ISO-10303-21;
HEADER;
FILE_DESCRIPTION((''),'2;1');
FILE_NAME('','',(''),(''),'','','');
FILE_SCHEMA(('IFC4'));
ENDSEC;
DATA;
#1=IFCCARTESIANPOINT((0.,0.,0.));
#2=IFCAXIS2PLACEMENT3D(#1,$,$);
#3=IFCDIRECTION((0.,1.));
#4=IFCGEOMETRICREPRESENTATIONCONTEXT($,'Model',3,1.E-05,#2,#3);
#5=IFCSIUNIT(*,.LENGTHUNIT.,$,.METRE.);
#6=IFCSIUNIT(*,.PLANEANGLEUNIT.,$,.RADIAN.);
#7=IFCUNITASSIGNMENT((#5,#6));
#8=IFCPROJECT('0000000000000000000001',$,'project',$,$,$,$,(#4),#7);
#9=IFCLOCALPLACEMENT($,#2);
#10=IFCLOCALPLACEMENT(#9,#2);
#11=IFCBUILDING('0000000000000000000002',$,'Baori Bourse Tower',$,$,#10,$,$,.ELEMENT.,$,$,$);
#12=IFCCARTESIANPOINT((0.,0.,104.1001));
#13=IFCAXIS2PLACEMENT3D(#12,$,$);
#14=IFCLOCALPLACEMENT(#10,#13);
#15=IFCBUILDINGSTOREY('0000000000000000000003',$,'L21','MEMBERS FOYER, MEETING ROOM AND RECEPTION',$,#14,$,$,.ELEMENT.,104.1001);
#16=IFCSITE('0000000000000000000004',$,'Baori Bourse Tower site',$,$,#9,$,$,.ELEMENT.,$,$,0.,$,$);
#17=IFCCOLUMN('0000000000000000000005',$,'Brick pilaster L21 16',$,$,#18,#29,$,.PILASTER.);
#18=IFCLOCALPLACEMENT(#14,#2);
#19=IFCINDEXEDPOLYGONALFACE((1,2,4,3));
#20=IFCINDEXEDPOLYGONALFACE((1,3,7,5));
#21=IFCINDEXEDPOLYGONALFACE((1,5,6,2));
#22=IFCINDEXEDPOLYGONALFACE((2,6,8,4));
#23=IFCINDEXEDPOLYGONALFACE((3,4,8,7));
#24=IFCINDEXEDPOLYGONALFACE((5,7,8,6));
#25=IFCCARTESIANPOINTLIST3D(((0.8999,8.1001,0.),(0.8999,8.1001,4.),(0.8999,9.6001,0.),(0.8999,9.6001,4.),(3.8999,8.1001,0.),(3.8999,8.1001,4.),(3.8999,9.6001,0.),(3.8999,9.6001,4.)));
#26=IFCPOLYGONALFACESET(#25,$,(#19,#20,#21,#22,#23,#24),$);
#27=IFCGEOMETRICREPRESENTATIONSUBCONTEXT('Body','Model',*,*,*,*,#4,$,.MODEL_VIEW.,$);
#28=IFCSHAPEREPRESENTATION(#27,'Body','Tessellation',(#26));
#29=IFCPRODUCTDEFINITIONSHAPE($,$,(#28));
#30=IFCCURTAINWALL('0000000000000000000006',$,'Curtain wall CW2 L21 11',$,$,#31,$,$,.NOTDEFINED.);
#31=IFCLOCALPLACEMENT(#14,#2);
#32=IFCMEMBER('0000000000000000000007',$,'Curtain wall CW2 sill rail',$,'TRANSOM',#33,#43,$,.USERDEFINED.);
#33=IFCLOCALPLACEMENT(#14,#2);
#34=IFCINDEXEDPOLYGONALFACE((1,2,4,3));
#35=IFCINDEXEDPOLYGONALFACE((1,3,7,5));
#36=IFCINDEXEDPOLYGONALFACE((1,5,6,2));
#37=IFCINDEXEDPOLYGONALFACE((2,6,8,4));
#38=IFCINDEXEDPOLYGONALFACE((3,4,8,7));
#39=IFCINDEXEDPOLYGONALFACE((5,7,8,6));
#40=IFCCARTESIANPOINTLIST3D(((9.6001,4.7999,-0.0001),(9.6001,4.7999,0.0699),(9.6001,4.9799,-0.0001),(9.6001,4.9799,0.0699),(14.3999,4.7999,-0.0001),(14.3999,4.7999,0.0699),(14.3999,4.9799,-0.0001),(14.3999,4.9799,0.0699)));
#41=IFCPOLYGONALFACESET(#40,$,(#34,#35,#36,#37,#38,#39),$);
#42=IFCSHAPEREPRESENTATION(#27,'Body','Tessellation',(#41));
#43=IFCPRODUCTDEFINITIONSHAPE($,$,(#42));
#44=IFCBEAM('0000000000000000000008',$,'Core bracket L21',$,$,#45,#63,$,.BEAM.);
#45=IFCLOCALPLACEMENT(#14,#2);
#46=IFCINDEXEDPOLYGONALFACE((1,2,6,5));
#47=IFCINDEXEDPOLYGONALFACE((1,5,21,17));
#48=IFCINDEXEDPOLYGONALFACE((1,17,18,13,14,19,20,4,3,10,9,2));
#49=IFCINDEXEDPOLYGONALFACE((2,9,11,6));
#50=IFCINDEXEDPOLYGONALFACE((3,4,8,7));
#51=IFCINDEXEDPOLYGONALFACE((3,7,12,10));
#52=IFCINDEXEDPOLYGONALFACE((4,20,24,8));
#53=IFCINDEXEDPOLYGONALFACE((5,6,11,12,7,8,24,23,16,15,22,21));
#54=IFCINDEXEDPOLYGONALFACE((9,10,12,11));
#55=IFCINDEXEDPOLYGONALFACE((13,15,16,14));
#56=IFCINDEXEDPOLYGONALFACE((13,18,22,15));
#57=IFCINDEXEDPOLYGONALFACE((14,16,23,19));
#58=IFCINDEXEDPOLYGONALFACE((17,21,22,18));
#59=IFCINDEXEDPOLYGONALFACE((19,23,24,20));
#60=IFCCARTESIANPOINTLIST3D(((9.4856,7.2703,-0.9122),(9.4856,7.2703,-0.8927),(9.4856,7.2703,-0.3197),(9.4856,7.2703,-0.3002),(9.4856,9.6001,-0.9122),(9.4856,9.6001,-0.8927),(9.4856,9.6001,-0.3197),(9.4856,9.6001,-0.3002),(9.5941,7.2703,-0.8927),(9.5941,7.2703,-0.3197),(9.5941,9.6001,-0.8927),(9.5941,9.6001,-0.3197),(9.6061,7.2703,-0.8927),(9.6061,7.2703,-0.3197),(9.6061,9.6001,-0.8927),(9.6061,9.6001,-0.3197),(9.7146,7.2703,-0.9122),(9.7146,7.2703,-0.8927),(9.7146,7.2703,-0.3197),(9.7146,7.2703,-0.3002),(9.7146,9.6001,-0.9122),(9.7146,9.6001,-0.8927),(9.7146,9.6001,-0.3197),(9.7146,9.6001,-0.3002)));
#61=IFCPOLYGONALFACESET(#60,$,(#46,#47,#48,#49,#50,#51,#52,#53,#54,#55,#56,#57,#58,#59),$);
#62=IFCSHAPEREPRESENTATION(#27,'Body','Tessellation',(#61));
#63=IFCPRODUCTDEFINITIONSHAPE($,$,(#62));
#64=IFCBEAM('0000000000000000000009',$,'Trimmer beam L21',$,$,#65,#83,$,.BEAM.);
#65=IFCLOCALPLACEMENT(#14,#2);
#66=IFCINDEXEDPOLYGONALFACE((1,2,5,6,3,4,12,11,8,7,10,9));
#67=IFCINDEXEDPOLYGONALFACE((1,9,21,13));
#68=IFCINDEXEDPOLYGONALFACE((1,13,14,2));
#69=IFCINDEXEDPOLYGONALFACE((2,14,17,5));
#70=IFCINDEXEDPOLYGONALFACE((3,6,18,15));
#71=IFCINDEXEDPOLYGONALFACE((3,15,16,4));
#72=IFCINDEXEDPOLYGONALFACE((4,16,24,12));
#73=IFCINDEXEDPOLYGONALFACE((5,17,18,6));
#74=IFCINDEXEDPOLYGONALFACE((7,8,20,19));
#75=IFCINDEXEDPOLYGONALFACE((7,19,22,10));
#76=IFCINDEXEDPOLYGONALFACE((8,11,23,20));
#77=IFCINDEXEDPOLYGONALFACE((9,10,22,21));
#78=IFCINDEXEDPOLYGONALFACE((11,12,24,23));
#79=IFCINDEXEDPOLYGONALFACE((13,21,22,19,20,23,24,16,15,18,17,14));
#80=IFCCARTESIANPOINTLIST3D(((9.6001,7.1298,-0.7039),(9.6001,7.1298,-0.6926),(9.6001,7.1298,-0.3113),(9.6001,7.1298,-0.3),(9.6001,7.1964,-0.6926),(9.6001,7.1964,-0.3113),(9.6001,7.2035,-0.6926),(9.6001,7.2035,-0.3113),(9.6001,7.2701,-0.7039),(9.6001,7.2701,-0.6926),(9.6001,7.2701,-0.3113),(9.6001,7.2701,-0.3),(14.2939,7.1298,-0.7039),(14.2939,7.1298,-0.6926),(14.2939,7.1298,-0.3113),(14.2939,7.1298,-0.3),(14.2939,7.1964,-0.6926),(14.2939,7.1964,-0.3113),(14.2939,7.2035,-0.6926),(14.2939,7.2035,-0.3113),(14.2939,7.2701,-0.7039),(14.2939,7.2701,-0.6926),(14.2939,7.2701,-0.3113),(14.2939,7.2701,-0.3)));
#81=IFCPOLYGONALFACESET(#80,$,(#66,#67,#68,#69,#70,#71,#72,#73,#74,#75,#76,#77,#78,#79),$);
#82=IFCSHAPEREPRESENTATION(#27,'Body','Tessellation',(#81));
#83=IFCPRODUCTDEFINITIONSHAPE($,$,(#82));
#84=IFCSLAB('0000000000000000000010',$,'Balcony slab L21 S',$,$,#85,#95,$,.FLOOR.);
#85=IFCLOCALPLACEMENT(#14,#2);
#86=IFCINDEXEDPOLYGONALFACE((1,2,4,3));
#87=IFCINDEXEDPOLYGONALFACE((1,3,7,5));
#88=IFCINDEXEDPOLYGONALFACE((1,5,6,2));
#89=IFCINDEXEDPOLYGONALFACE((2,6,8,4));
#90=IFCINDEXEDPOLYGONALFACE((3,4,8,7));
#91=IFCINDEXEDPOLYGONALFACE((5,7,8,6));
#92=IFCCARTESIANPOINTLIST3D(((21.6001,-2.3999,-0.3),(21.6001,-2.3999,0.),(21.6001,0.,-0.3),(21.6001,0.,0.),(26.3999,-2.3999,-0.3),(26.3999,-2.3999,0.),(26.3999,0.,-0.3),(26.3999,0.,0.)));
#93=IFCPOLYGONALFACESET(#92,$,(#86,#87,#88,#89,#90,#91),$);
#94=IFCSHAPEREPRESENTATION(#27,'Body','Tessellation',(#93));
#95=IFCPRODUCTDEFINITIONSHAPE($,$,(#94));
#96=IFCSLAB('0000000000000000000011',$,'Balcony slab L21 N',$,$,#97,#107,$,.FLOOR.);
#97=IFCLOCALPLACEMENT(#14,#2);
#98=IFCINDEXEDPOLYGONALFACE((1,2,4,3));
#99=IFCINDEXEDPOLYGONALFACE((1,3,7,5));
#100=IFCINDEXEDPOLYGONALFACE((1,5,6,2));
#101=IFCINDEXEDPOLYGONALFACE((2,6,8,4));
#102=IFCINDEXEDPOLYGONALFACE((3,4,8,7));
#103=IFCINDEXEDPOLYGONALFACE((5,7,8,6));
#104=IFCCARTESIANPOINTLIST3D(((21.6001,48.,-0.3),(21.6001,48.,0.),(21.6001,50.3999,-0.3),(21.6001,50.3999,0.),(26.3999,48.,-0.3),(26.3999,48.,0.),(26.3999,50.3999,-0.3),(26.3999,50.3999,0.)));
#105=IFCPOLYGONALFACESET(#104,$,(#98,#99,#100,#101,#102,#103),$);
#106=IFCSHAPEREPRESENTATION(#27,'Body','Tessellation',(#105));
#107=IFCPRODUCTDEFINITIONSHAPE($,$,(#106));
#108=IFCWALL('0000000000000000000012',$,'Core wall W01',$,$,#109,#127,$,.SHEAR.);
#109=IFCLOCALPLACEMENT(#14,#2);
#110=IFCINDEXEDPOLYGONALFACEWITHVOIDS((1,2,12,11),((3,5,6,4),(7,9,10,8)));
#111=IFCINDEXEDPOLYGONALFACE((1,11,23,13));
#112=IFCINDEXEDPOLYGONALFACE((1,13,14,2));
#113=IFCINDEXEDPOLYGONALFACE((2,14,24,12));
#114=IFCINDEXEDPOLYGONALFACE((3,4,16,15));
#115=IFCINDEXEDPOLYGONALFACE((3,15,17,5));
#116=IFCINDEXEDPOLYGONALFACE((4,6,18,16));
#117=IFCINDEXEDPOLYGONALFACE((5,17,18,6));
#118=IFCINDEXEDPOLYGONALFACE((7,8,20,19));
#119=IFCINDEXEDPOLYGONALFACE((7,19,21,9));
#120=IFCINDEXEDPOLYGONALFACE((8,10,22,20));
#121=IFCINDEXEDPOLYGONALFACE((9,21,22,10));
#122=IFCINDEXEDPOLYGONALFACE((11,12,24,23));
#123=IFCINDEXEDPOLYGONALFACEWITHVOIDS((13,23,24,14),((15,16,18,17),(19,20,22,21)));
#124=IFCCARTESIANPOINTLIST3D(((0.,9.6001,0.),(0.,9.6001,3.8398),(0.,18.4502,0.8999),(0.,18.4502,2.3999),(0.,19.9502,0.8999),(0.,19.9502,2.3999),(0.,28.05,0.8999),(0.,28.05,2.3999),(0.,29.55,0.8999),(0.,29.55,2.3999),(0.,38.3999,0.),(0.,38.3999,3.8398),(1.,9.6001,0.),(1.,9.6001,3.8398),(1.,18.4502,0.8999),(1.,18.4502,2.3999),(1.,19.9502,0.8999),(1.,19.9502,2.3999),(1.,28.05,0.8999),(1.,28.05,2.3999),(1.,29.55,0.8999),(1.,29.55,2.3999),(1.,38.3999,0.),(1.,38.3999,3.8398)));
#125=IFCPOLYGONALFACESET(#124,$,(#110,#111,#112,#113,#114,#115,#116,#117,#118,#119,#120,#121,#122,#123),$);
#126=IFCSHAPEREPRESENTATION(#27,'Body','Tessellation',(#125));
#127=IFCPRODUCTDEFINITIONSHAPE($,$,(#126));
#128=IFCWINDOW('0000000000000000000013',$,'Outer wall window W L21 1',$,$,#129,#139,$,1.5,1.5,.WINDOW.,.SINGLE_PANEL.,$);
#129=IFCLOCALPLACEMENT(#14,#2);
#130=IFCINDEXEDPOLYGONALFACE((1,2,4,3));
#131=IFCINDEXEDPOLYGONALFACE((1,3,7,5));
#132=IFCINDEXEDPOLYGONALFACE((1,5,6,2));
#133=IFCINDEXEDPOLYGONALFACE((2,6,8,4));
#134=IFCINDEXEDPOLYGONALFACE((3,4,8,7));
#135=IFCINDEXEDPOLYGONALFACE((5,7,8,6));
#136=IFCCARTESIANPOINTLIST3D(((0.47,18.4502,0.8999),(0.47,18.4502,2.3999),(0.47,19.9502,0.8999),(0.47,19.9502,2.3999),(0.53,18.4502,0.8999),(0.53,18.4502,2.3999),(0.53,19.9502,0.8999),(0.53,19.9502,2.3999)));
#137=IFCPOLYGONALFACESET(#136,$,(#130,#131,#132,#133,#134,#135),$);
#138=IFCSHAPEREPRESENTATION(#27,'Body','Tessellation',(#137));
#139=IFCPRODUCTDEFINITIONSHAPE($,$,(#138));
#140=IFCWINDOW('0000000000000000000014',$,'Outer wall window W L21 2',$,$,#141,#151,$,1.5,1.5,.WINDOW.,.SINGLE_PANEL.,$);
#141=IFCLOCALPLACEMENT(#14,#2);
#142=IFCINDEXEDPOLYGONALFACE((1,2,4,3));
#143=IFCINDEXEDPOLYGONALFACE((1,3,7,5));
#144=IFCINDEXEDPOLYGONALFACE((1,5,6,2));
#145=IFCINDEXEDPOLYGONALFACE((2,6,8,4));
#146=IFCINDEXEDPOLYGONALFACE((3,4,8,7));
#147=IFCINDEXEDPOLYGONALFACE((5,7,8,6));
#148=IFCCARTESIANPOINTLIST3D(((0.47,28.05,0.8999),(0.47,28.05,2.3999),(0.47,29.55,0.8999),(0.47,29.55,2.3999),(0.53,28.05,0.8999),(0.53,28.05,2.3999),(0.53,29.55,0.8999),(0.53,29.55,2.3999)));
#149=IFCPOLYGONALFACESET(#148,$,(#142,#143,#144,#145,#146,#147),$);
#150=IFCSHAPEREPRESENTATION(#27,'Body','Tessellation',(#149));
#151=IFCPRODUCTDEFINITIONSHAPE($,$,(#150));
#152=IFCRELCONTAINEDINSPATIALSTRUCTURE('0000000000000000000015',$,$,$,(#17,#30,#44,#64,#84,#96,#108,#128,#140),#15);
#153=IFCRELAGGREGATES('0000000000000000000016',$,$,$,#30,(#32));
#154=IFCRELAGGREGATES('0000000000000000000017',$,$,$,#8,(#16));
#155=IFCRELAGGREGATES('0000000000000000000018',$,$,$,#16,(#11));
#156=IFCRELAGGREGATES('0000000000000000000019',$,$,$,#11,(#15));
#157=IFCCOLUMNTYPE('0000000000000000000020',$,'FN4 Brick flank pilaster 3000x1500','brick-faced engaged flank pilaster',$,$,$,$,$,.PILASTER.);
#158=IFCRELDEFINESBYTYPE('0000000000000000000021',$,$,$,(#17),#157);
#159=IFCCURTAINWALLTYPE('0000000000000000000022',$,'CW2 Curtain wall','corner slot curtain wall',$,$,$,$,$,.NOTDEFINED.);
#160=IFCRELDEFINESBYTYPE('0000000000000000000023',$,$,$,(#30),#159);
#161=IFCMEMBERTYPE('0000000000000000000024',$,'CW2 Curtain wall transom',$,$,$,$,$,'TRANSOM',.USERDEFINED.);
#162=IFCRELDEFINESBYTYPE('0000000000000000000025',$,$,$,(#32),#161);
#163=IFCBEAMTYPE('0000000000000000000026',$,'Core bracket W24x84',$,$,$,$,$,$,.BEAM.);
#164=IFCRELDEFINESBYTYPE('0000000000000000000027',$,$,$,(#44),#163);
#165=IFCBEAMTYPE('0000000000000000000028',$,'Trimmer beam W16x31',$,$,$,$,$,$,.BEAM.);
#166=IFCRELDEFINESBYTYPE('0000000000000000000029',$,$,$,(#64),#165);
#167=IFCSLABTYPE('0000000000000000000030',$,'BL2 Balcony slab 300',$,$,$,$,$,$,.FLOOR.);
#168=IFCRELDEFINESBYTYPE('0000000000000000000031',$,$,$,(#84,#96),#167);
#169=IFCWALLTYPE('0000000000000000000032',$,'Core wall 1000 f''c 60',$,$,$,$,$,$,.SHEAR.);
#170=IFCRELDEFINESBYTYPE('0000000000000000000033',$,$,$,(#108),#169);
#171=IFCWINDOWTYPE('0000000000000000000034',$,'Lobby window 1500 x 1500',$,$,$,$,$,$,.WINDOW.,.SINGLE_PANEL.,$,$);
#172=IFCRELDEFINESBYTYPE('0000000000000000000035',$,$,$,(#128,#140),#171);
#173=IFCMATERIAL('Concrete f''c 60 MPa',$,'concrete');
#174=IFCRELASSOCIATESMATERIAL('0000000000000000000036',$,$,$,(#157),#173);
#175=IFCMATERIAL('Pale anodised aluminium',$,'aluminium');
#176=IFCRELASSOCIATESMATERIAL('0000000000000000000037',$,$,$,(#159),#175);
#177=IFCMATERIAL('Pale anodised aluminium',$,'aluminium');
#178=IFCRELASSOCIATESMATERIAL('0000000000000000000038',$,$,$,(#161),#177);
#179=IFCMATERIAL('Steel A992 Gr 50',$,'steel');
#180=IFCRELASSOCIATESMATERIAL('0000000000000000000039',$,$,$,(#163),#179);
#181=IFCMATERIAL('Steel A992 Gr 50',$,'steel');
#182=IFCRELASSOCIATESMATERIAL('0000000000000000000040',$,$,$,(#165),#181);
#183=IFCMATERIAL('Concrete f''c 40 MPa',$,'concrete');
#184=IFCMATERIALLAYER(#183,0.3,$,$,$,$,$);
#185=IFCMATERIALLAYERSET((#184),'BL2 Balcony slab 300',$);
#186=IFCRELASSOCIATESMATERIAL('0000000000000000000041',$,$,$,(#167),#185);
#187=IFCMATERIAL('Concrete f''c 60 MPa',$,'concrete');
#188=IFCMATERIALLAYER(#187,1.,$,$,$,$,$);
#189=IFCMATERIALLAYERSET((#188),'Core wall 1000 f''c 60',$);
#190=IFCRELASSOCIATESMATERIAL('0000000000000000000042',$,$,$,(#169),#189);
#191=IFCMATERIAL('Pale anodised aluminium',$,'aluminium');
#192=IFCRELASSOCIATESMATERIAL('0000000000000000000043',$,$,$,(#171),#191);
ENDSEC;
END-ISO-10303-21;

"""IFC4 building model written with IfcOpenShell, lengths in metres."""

from ifc_helpers import new_model, si_unit, direction, frame, frame_2d, origin, origin_2d, place, context, subcontext, project, spatial, polyline, rectangle, i_section, outline, extrude, material, layer, layer_set, material_profile, profile_set, type_object, element, fill, aggregate, save


model = new_model("IFC4")

# Units and contexts
model_context = context("Model", 3, precision=1e-05, world=origin(), true_north=direction((0.0, 1.0)))
body_context = subcontext(model_context, "Body", "Model", "MODEL_VIEW")
ifc_project = project(units=[si_unit("LENGTHUNIT", "METRE"), si_unit("PLANEANGLEUNIT", "RADIAN")], contexts=[model_context])

# Site, building, storey
site_placement = place(None, origin())
site = spatial("IfcSite", under=ifc_project, at=site_placement, Name="Baori Bourse Tower site", CompositionType="ELEMENT", RefElevation=0.0)
building_placement = place(site_placement, origin())
building = spatial("IfcBuilding", under=site, at=building_placement, Name="Baori Bourse Tower", CompositionType="ELEMENT")
storey_placement = place(building_placement, frame((0.0, 0.0, 104.1001)))
storey = spatial("IfcBuildingStorey", under=building, at=storey_placement, Name="L21", Description="MEMBERS FOYER, MEETING ROOM AND RECEPTION", CompositionType="ELEMENT", Elevation=104.1001)

# Column
ifc_material_1 = material(Name="Concrete f'c 60 MPa", Category="concrete")
ifc_material_profile_1 = material_profile(ifc_material_1, rectangle(XDim=3.0, YDim=1.5, at=origin_2d()), Name="RC 3000x1500")
ifc_profile_set_1 = profile_set([ifc_material_profile_1], Name="Concrete f'c 60 MPa")
column_type = type_object("IfcColumnType", Name="FN4 Brick flank pilaster 3000x1500", Description="brick-faced engaged flank pilaster", PredefinedType="PILASTER", material=ifc_profile_set_1)
column_placement = place(storey_placement, frame((2.3999, 8.8501, 0.0), z_axis=(0.0, 0.0, 1.0), x_axis=(1.0, 0.0, 0.0)))
element("IfcColumn", 1, at=column_placement, inside=storey, type_object=column_type, Name="Brick pilaster L21 16", PredefinedType="PILASTER", context=body_context, shape_type="SweptSolid", body=[
    extrude(rectangle(XDim=3.0, YDim=1.5, at=origin_2d()), origin(), (0.0, 0.0, 1.0), 4.0),
])

# Curtain wall, member
ifc_material_2 = material(Name="Pale anodised aluminium", Category="aluminium")
curtain_wall_type = type_object("IfcCurtainWallType", Name="CW2 Curtain wall", Description="corner slot curtain wall", PredefinedType="NOTDEFINED", material=ifc_material_2)
curtain_wall_placement = place(storey_placement, origin())
curtain_wall = element("IfcCurtainWall", 2, at=curtain_wall_placement, inside=storey, type_object=curtain_wall_type, Name="Curtain wall CW2 L21 11", PredefinedType="NOTDEFINED")
ifc_material_3 = material(Name="Pale anodised aluminium", Category="aluminium")
ifc_material_profile_2 = material_profile(ifc_material_3, rectangle(XDim=0.1799, YDim=0.0701, at=origin_2d()), Name="Transom 70x180")
ifc_profile_set_2 = profile_set([ifc_material_profile_2], Name="Pale anodised aluminium")
member_type = type_object("IfcMemberType", Name="CW2 Curtain wall transom", ElementType="TRANSOM", PredefinedType="USERDEFINED", material=ifc_profile_set_2)
member_placement = place(storey_placement, frame((9.6001, 4.8899, 0.0349), z_axis=(1.0, 0.0, 0.0), x_axis=(0.0, 1.0, 0.0)))
member = element("IfcMember", 3, at=member_placement, type_object=member_type, Name="Curtain wall CW2 sill rail", ObjectType="TRANSOM", PredefinedType="USERDEFINED", context=body_context, shape_type="SweptSolid", body=[
    extrude(rectangle(XDim=0.1799, YDim=0.0701, at=origin_2d()), origin(), (0.0, 0.0, 1.0), 4.7998),
])
aggregate(curtain_wall, [member])

# Beams
ifc_material_4 = material(Name="Steel A992 Gr 50", Category="steel")
ifc_material_profile_3 = material_profile(ifc_material_4, i_section(OverallWidth=0.229, OverallDepth=0.6121, WebThickness=0.012, FlangeThickness=0.0195, at=origin_2d()), Name="W24x84")
ifc_profile_set_3 = profile_set([ifc_material_profile_3], Name="Steel A992 Gr 50")
beam_type_1 = type_object("IfcBeamType", Name="Core bracket W24x84", PredefinedType="BEAM", material=ifc_profile_set_3)
beam_1_placement = place(storey_placement, frame((9.6001, 7.2703, -0.6062), z_axis=(0.0, 1.0, 0.0), x_axis=(-1.0, 0.0, 0.0)))
element("IfcBeam", 4, at=beam_1_placement, inside=storey, type_object=beam_type_1, Name="Core bracket L21", PredefinedType="BEAM", context=body_context, shape_type="SweptSolid", body=[
    extrude(i_section(OverallWidth=0.229, OverallDepth=0.6121, WebThickness=0.012, FlangeThickness=0.0195, at=origin_2d()), origin(), (0.0, 0.0, 1.0), 2.3298),
])
ifc_material_5 = material(Name="Steel A992 Gr 50", Category="steel")
ifc_material_profile_4 = material_profile(ifc_material_5, i_section(OverallWidth=0.1404, OverallDepth=0.4038, WebThickness=0.0071, FlangeThickness=0.0112, at=origin_2d()), Name="W16x31")
ifc_profile_set_4 = profile_set([ifc_material_profile_4], Name="Steel A992 Gr 50")
beam_type_2 = type_object("IfcBeamType", Name="Trimmer beam W16x31", PredefinedType="BEAM", material=ifc_profile_set_4)
beam_2_placement = place(storey_placement, frame((9.6001, 7.2, -0.502), z_axis=(1.0, 0.0, 0.0), x_axis=(0.0, 1.0, 0.0)))
element("IfcBeam", 5, at=beam_2_placement, inside=storey, type_object=beam_type_2, Name="Trimmer beam L21", PredefinedType="BEAM", context=body_context, shape_type="SweptSolid", body=[
    extrude(i_section(OverallWidth=0.1404, OverallDepth=0.4038, WebThickness=0.0071, FlangeThickness=0.0112, at=origin_2d()), origin(), (0.0, 0.0, 1.0), 4.6938),
])

# Slabs
ifc_material_6 = material(Name="Concrete f'c 40 MPa", Category="concrete")
ifc_layer_1 = layer(ifc_material_6, 0.3)
ifc_layer_set_1 = layer_set([ifc_layer_1], Name="BL2 Balcony slab 300")
slab_type = type_object("IfcSlabType", Name="BL2 Balcony slab 300", PredefinedType="FLOOR", material=ifc_layer_set_1)
slab_1_placement = place(storey_placement, frame((0.0, 0.0, -0.3)))
element("IfcSlab", 6, at=slab_1_placement, inside=storey, type_object=slab_type, Name="Balcony slab L21 S", PredefinedType="FLOOR", context=body_context, shape_type="SweptSolid", body=[
    extrude(outline(polyline([(21.6001, 0.0), (21.6001, -2.3999), (26.3999, -2.3999), (26.3999, 0.0), (21.6001, 0.0)])), origin(), (0.0, 0.0, 1.0), 0.3),
])
slab_2_placement = place(storey_placement, frame((0.0, 0.0, -0.3)))
element("IfcSlab", 7, at=slab_2_placement, inside=storey, type_object=slab_type, Name="Balcony slab L21 N", PredefinedType="FLOOR", context=body_context, shape_type="SweptSolid", body=[
    extrude(outline(polyline([(21.6001, 48.0), (26.3999, 48.0), (26.3999, 50.3999), (21.6001, 50.3999), (21.6001, 48.0)])), origin(), (0.0, 0.0, 1.0), 0.3),
])

# Wall, openings, windows
ifc_material_7 = material(Name="Concrete f'c 60 MPa", Category="concrete")
ifc_layer_2 = layer(ifc_material_7, 1.0)
ifc_layer_set_2 = layer_set([ifc_layer_2], Name="Core wall 1000 f'c 60")
wall_type_1 = type_object("IfcWallType", Name="Core wall 1000 f'c 60", PredefinedType="SHEAR", material=ifc_layer_set_2)
wall_1_placement = place(storey_placement, frame((0.5, 9.6001, 0.0), z_axis=(0.0, 0.0, 1.0), x_axis=(0.0, 1.0, 0.0)))
wall_1 = element("IfcWall", 8, at=wall_1_placement, inside=storey, type_object=wall_type_1, Name="Core wall W01", PredefinedType="SHEAR", context=body_context, shape_type="SweptSolid", body=[
    extrude(rectangle(XDim=28.7998, YDim=1.0, at=frame_2d((14.3999, 0.0))), origin(), (0.0, 0.0, 1.0), 3.8398),
])
opening_1_placement = place(wall_1_placement, frame((8.8501, 0.0, 0.8999)))
opening_1 = element("IfcOpeningElement", 9, at=opening_1_placement, cuts=wall_1, PredefinedType="OPENING", context=body_context, shape_type="SweptSolid", body=[
    extrude(rectangle(XDim=1.5, YDim=1.5, at=frame_2d((0.75, 0.75))), frame((0.0, 0.51, 0.0), z_axis=(0.0, -1.0, 0.0), x_axis=(1.0, 0.0, 0.0)), (0.0, 0.0, 1.0), 1.02),
])
opening_2_placement = place(wall_1_placement, frame((18.45, 0.0, 0.8999)))
opening_2 = element("IfcOpeningElement", 10, at=opening_2_placement, cuts=wall_1, PredefinedType="OPENING", context=body_context, shape_type="SweptSolid", body=[
    extrude(rectangle(XDim=1.5, YDim=1.5, at=frame_2d((0.75, 0.75))), frame((0.0, 0.51, 0.0), z_axis=(0.0, -1.0, 0.0), x_axis=(1.0, 0.0, 0.0)), (0.0, 0.0, 1.0), 1.02),
])
ifc_material_8 = material(Name="Pale anodised aluminium", Category="aluminium")
window_type_1 = type_object("IfcWindowType", Name="Lobby window 1500 x 1500", PartitioningType="SINGLE_PANEL", PredefinedType="WINDOW", material=ifc_material_8)
window_1_placement = place(opening_1_placement, origin())
window_1 = element("IfcWindow", 11, at=window_1_placement, inside=storey, type_object=window_type_1, Name="Outer wall window W L21 1", OverallHeight=1.5, OverallWidth=1.5, PartitioningType="SINGLE_PANEL", PredefinedType="WINDOW", context=body_context, shape_type="SweptSolid", body=[
    extrude(rectangle(XDim=1.5, YDim=1.5, at=frame_2d((0.75, 0.75))), frame((0.0, 0.03, 0.0), z_axis=(0.0, -1.0, 0.0), x_axis=(1.0, 0.0, 0.0)), (0.0, 0.0, 1.0), 0.0601),
])
fill(opening_1, window_1)
window_2_placement = place(opening_2_placement, origin())
window_2 = element("IfcWindow", 12, at=window_2_placement, inside=storey, type_object=window_type_1, Name="Outer wall window W L21 2", OverallHeight=1.5, OverallWidth=1.5, PartitioningType="SINGLE_PANEL", PredefinedType="WINDOW", context=body_context, shape_type="SweptSolid", body=[
    extrude(rectangle(XDim=1.5, YDim=1.5, at=frame_2d((0.75, 0.75))), frame((0.0, 0.03, 0.0), z_axis=(0.0, -1.0, 0.0), x_axis=(1.0, 0.0, 0.0)), (0.0, 0.0, 1.0), 0.0601),
])
fill(opening_2, window_2)

save(model, "model.ifc")
